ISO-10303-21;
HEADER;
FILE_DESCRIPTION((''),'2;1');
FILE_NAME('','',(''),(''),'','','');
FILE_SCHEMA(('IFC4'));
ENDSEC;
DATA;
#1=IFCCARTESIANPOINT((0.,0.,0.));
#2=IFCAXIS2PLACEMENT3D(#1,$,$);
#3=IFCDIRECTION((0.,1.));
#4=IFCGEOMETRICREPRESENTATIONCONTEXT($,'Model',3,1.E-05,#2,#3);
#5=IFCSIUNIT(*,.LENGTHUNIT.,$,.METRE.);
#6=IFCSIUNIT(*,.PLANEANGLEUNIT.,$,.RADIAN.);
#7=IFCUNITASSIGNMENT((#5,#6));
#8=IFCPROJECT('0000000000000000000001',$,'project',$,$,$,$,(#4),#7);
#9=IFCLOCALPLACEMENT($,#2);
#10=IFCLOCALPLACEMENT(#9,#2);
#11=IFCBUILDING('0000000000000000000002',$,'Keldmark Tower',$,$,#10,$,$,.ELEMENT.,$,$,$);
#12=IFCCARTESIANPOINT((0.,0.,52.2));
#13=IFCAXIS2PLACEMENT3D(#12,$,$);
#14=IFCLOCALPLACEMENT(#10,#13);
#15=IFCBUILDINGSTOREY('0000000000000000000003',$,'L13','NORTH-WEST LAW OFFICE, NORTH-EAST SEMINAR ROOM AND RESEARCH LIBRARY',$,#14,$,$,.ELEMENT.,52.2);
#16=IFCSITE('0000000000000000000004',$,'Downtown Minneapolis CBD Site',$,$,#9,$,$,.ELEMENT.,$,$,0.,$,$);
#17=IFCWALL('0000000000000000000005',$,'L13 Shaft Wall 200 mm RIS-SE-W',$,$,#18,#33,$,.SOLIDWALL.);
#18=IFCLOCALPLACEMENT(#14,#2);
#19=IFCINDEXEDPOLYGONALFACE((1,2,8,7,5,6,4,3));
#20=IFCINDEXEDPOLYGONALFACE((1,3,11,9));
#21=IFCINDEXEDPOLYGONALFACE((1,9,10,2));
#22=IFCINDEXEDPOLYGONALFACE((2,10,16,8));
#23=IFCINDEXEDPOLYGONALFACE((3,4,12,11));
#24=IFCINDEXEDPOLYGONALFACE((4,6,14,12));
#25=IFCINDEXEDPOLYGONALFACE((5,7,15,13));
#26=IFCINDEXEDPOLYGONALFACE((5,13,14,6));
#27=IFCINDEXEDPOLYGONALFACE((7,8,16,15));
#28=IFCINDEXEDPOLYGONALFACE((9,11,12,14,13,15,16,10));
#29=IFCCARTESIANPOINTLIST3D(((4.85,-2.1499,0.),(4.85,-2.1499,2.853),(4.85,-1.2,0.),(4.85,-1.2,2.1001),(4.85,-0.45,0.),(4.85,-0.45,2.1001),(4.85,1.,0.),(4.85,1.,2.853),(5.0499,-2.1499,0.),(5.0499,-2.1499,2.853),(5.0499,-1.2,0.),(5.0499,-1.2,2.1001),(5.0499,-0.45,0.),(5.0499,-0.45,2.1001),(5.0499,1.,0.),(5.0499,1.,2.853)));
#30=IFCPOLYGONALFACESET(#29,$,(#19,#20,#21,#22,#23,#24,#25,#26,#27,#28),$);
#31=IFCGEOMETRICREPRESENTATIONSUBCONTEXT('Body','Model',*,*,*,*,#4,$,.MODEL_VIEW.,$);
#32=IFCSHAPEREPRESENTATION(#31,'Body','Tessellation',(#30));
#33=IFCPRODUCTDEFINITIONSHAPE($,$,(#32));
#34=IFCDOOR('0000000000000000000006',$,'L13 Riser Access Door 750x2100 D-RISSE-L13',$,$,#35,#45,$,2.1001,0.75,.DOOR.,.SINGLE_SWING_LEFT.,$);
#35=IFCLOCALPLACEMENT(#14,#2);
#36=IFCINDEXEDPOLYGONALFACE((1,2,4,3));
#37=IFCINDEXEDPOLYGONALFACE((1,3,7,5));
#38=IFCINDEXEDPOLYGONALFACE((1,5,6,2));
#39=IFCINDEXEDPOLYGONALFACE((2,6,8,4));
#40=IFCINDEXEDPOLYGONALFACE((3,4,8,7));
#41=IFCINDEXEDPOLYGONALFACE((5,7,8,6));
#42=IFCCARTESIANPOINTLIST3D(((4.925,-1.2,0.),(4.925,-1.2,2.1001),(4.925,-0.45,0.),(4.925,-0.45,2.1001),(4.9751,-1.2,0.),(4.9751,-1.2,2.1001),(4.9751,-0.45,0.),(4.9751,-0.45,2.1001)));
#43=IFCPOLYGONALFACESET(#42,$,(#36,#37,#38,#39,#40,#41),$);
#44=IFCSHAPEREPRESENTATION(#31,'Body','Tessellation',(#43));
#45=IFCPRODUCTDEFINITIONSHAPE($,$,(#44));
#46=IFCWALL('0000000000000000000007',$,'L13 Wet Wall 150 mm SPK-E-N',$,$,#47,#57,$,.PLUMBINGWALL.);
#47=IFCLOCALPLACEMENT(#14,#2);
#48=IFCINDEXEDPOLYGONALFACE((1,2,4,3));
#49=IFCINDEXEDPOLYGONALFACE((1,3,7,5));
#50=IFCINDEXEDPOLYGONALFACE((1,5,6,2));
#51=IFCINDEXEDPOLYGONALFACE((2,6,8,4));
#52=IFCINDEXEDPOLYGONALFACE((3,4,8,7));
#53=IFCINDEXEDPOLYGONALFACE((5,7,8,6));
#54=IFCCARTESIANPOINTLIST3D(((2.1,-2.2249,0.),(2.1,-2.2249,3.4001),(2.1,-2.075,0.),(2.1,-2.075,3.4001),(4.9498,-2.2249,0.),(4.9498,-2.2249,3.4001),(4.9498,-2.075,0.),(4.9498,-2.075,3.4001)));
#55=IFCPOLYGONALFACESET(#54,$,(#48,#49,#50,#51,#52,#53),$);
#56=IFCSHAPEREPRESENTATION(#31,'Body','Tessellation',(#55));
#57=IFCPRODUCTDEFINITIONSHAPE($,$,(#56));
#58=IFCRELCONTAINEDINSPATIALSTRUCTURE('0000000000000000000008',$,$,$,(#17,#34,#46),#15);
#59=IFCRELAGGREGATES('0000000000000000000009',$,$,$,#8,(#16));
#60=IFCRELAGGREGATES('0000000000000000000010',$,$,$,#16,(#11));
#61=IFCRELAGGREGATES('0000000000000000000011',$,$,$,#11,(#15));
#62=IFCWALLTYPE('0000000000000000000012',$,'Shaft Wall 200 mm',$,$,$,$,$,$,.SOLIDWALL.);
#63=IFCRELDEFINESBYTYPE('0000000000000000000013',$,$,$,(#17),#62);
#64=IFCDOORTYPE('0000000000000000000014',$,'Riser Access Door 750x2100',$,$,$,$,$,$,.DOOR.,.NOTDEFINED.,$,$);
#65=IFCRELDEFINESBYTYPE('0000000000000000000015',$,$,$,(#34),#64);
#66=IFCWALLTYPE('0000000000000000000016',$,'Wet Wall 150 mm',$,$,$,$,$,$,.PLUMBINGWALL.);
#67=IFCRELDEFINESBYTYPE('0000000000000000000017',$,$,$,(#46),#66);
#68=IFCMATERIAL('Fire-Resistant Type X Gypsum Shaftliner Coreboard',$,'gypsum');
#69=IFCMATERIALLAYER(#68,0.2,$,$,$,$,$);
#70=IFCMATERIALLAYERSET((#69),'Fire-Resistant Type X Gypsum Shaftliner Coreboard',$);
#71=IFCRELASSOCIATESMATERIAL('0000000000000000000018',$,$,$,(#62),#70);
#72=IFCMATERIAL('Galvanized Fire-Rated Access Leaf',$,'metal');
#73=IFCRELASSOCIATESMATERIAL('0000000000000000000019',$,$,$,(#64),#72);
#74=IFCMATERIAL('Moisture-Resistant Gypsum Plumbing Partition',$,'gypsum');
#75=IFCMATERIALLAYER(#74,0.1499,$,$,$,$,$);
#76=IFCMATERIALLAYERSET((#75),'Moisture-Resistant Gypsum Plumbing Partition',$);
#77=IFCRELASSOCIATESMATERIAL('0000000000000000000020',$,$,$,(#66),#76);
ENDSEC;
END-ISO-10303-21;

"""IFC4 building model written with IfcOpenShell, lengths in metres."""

from ifc_helpers import new_model, si_unit, direction, frame, frame_2d, origin, place, context, subcontext, project, spatial, rectangle, extrude, material, layer, layer_set, type_object, element, fill, save


model = new_model("IFC4")

# Units and contexts
model_context = context("Model", 3, precision=1e-05, world=origin(), true_north=direction((0.0, 1.0)))
body_context = subcontext(model_context, "Body", "Model", "MODEL_VIEW")
ifc_project = project(units=[si_unit("LENGTHUNIT", "METRE"), si_unit("PLANEANGLEUNIT", "RADIAN")], contexts=[model_context])

# Site, building, storey
site_placement = place(None, origin())
site = spatial("IfcSite", under=ifc_project, at=site_placement, Name="Downtown Minneapolis CBD Site", CompositionType="ELEMENT", RefElevation=0.0)
building_placement = place(site_placement, origin())
building = spatial("IfcBuilding", under=site, at=building_placement, Name="Keldmark Tower", CompositionType="ELEMENT")
storey_placement = place(building_placement, frame((0.0, 0.0, 52.2)))
storey = spatial("IfcBuildingStorey", under=building, at=storey_placement, Name="L13", Description="NORTH-WEST LAW OFFICE, NORTH-EAST SEMINAR ROOM AND RESEARCH LIBRARY", CompositionType="ELEMENT", Elevation=52.2)

# Shared definitions
ifc_material_1 = material(Name="Fire-Resistant Type X Gypsum Shaftliner Coreboard", Category="gypsum")
ifc_layer_1 = layer(ifc_material_1, 0.2)
ifc_layer_set_1 = layer_set([ifc_layer_1], Name="Fire-Resistant Type X Gypsum Shaftliner Coreboard")
wall_type_1 = type_object("IfcWallType", Name="Shaft Wall 200 mm", PredefinedType="SOLIDWALL", material=ifc_layer_set_1)

# Wall, opening, door
wall_1_placement = place(storey_placement, frame((4.95, -2.1499, 0.0), z_axis=(0.0, 0.0, 1.0), x_axis=(0.0, 1.0, 0.0)))
wall_1 = element("IfcWall", 1, at=wall_1_placement, inside=storey, type_object=wall_type_1, Name="L13 Shaft Wall 200 mm RIS-SE-W", PredefinedType="SOLIDWALL", context=body_context, shape_type="SweptSolid", body=[
    extrude(rectangle(XDim=3.1499, YDim=0.2, at=frame_2d((1.575, 0.0))), origin(), (0.0, 0.0, 1.0), 2.853),
])
opening_1_placement = place(wall_1_placement, frame((0.95, 0.0, 0.0)))
opening_1 = element("IfcOpeningElement", 2, at=opening_1_placement, cuts=wall_1, PredefinedType="OPENING", context=body_context, shape_type="SweptSolid", body=[
    extrude(rectangle(XDim=0.75, YDim=2.1001, at=frame_2d((0.375, 1.05))), frame((0.0, 0.1099, 0.0), z_axis=(0.0, -1.0, 0.0), x_axis=(1.0, 0.0, 0.0)), (0.0, 0.0, 1.0), 0.22),
])
ifc_material_2 = material(Name="Galvanized Fire-Rated Access Leaf", Category="metal")
door_type_1 = type_object("IfcDoorType", Name="Riser Access Door 750x2100", OperationType="NOTDEFINED", PredefinedType="DOOR", material=ifc_material_2)
door_1_placement = place(opening_1_placement, origin())
door_1 = element("IfcDoor", 3, at=door_1_placement, inside=storey, type_object=door_type_1, Name="L13 Riser Access Door 750x2100 D-RISSE-L13", OperationType="SINGLE_SWING_LEFT", OverallHeight=2.1001, OverallWidth=0.75, PredefinedType="DOOR", context=body_context, shape_type="SweptSolid", body=[
    extrude(rectangle(XDim=0.75, YDim=2.1001, at=frame_2d((0.375, 1.05))), frame((0.0, 0.0249, 0.0), z_axis=(0.0, -1.0, 0.0), x_axis=(1.0, 0.0, 0.0)), (0.0, 0.0, 1.0), 0.05),
])
fill(opening_1, door_1)

# Wall
ifc_material_3 = material(Name="Moisture-Resistant Gypsum Plumbing Partition", Category="gypsum")
ifc_layer_2 = layer(ifc_material_3, 0.1499)
ifc_layer_set_2 = layer_set([ifc_layer_2], Name="Moisture-Resistant Gypsum Plumbing Partition")
wall_type_2 = type_object("IfcWallType", Name="Wet Wall 150 mm", PredefinedType="PLUMBINGWALL", material=ifc_layer_set_2)
wall_2_placement = place(storey_placement, frame((2.1001, -2.1499, 0.0), z_axis=(0.0, 0.0, 1.0), x_axis=(1.0, 0.0, 0.0)))
element("IfcWall", 4, at=wall_2_placement, inside=storey, type_object=wall_type_2, Name="L13 Wet Wall 150 mm SPK-E-N", PredefinedType="PLUMBINGWALL", context=body_context, shape_type="SweptSolid", body=[
    extrude(rectangle(XDim=2.8499, YDim=0.1499, at=frame_2d((1.4248, 0.0))), origin(), (0.0, 0.0, 1.0), 3.4001),
])

save(model, "model.ifc")
